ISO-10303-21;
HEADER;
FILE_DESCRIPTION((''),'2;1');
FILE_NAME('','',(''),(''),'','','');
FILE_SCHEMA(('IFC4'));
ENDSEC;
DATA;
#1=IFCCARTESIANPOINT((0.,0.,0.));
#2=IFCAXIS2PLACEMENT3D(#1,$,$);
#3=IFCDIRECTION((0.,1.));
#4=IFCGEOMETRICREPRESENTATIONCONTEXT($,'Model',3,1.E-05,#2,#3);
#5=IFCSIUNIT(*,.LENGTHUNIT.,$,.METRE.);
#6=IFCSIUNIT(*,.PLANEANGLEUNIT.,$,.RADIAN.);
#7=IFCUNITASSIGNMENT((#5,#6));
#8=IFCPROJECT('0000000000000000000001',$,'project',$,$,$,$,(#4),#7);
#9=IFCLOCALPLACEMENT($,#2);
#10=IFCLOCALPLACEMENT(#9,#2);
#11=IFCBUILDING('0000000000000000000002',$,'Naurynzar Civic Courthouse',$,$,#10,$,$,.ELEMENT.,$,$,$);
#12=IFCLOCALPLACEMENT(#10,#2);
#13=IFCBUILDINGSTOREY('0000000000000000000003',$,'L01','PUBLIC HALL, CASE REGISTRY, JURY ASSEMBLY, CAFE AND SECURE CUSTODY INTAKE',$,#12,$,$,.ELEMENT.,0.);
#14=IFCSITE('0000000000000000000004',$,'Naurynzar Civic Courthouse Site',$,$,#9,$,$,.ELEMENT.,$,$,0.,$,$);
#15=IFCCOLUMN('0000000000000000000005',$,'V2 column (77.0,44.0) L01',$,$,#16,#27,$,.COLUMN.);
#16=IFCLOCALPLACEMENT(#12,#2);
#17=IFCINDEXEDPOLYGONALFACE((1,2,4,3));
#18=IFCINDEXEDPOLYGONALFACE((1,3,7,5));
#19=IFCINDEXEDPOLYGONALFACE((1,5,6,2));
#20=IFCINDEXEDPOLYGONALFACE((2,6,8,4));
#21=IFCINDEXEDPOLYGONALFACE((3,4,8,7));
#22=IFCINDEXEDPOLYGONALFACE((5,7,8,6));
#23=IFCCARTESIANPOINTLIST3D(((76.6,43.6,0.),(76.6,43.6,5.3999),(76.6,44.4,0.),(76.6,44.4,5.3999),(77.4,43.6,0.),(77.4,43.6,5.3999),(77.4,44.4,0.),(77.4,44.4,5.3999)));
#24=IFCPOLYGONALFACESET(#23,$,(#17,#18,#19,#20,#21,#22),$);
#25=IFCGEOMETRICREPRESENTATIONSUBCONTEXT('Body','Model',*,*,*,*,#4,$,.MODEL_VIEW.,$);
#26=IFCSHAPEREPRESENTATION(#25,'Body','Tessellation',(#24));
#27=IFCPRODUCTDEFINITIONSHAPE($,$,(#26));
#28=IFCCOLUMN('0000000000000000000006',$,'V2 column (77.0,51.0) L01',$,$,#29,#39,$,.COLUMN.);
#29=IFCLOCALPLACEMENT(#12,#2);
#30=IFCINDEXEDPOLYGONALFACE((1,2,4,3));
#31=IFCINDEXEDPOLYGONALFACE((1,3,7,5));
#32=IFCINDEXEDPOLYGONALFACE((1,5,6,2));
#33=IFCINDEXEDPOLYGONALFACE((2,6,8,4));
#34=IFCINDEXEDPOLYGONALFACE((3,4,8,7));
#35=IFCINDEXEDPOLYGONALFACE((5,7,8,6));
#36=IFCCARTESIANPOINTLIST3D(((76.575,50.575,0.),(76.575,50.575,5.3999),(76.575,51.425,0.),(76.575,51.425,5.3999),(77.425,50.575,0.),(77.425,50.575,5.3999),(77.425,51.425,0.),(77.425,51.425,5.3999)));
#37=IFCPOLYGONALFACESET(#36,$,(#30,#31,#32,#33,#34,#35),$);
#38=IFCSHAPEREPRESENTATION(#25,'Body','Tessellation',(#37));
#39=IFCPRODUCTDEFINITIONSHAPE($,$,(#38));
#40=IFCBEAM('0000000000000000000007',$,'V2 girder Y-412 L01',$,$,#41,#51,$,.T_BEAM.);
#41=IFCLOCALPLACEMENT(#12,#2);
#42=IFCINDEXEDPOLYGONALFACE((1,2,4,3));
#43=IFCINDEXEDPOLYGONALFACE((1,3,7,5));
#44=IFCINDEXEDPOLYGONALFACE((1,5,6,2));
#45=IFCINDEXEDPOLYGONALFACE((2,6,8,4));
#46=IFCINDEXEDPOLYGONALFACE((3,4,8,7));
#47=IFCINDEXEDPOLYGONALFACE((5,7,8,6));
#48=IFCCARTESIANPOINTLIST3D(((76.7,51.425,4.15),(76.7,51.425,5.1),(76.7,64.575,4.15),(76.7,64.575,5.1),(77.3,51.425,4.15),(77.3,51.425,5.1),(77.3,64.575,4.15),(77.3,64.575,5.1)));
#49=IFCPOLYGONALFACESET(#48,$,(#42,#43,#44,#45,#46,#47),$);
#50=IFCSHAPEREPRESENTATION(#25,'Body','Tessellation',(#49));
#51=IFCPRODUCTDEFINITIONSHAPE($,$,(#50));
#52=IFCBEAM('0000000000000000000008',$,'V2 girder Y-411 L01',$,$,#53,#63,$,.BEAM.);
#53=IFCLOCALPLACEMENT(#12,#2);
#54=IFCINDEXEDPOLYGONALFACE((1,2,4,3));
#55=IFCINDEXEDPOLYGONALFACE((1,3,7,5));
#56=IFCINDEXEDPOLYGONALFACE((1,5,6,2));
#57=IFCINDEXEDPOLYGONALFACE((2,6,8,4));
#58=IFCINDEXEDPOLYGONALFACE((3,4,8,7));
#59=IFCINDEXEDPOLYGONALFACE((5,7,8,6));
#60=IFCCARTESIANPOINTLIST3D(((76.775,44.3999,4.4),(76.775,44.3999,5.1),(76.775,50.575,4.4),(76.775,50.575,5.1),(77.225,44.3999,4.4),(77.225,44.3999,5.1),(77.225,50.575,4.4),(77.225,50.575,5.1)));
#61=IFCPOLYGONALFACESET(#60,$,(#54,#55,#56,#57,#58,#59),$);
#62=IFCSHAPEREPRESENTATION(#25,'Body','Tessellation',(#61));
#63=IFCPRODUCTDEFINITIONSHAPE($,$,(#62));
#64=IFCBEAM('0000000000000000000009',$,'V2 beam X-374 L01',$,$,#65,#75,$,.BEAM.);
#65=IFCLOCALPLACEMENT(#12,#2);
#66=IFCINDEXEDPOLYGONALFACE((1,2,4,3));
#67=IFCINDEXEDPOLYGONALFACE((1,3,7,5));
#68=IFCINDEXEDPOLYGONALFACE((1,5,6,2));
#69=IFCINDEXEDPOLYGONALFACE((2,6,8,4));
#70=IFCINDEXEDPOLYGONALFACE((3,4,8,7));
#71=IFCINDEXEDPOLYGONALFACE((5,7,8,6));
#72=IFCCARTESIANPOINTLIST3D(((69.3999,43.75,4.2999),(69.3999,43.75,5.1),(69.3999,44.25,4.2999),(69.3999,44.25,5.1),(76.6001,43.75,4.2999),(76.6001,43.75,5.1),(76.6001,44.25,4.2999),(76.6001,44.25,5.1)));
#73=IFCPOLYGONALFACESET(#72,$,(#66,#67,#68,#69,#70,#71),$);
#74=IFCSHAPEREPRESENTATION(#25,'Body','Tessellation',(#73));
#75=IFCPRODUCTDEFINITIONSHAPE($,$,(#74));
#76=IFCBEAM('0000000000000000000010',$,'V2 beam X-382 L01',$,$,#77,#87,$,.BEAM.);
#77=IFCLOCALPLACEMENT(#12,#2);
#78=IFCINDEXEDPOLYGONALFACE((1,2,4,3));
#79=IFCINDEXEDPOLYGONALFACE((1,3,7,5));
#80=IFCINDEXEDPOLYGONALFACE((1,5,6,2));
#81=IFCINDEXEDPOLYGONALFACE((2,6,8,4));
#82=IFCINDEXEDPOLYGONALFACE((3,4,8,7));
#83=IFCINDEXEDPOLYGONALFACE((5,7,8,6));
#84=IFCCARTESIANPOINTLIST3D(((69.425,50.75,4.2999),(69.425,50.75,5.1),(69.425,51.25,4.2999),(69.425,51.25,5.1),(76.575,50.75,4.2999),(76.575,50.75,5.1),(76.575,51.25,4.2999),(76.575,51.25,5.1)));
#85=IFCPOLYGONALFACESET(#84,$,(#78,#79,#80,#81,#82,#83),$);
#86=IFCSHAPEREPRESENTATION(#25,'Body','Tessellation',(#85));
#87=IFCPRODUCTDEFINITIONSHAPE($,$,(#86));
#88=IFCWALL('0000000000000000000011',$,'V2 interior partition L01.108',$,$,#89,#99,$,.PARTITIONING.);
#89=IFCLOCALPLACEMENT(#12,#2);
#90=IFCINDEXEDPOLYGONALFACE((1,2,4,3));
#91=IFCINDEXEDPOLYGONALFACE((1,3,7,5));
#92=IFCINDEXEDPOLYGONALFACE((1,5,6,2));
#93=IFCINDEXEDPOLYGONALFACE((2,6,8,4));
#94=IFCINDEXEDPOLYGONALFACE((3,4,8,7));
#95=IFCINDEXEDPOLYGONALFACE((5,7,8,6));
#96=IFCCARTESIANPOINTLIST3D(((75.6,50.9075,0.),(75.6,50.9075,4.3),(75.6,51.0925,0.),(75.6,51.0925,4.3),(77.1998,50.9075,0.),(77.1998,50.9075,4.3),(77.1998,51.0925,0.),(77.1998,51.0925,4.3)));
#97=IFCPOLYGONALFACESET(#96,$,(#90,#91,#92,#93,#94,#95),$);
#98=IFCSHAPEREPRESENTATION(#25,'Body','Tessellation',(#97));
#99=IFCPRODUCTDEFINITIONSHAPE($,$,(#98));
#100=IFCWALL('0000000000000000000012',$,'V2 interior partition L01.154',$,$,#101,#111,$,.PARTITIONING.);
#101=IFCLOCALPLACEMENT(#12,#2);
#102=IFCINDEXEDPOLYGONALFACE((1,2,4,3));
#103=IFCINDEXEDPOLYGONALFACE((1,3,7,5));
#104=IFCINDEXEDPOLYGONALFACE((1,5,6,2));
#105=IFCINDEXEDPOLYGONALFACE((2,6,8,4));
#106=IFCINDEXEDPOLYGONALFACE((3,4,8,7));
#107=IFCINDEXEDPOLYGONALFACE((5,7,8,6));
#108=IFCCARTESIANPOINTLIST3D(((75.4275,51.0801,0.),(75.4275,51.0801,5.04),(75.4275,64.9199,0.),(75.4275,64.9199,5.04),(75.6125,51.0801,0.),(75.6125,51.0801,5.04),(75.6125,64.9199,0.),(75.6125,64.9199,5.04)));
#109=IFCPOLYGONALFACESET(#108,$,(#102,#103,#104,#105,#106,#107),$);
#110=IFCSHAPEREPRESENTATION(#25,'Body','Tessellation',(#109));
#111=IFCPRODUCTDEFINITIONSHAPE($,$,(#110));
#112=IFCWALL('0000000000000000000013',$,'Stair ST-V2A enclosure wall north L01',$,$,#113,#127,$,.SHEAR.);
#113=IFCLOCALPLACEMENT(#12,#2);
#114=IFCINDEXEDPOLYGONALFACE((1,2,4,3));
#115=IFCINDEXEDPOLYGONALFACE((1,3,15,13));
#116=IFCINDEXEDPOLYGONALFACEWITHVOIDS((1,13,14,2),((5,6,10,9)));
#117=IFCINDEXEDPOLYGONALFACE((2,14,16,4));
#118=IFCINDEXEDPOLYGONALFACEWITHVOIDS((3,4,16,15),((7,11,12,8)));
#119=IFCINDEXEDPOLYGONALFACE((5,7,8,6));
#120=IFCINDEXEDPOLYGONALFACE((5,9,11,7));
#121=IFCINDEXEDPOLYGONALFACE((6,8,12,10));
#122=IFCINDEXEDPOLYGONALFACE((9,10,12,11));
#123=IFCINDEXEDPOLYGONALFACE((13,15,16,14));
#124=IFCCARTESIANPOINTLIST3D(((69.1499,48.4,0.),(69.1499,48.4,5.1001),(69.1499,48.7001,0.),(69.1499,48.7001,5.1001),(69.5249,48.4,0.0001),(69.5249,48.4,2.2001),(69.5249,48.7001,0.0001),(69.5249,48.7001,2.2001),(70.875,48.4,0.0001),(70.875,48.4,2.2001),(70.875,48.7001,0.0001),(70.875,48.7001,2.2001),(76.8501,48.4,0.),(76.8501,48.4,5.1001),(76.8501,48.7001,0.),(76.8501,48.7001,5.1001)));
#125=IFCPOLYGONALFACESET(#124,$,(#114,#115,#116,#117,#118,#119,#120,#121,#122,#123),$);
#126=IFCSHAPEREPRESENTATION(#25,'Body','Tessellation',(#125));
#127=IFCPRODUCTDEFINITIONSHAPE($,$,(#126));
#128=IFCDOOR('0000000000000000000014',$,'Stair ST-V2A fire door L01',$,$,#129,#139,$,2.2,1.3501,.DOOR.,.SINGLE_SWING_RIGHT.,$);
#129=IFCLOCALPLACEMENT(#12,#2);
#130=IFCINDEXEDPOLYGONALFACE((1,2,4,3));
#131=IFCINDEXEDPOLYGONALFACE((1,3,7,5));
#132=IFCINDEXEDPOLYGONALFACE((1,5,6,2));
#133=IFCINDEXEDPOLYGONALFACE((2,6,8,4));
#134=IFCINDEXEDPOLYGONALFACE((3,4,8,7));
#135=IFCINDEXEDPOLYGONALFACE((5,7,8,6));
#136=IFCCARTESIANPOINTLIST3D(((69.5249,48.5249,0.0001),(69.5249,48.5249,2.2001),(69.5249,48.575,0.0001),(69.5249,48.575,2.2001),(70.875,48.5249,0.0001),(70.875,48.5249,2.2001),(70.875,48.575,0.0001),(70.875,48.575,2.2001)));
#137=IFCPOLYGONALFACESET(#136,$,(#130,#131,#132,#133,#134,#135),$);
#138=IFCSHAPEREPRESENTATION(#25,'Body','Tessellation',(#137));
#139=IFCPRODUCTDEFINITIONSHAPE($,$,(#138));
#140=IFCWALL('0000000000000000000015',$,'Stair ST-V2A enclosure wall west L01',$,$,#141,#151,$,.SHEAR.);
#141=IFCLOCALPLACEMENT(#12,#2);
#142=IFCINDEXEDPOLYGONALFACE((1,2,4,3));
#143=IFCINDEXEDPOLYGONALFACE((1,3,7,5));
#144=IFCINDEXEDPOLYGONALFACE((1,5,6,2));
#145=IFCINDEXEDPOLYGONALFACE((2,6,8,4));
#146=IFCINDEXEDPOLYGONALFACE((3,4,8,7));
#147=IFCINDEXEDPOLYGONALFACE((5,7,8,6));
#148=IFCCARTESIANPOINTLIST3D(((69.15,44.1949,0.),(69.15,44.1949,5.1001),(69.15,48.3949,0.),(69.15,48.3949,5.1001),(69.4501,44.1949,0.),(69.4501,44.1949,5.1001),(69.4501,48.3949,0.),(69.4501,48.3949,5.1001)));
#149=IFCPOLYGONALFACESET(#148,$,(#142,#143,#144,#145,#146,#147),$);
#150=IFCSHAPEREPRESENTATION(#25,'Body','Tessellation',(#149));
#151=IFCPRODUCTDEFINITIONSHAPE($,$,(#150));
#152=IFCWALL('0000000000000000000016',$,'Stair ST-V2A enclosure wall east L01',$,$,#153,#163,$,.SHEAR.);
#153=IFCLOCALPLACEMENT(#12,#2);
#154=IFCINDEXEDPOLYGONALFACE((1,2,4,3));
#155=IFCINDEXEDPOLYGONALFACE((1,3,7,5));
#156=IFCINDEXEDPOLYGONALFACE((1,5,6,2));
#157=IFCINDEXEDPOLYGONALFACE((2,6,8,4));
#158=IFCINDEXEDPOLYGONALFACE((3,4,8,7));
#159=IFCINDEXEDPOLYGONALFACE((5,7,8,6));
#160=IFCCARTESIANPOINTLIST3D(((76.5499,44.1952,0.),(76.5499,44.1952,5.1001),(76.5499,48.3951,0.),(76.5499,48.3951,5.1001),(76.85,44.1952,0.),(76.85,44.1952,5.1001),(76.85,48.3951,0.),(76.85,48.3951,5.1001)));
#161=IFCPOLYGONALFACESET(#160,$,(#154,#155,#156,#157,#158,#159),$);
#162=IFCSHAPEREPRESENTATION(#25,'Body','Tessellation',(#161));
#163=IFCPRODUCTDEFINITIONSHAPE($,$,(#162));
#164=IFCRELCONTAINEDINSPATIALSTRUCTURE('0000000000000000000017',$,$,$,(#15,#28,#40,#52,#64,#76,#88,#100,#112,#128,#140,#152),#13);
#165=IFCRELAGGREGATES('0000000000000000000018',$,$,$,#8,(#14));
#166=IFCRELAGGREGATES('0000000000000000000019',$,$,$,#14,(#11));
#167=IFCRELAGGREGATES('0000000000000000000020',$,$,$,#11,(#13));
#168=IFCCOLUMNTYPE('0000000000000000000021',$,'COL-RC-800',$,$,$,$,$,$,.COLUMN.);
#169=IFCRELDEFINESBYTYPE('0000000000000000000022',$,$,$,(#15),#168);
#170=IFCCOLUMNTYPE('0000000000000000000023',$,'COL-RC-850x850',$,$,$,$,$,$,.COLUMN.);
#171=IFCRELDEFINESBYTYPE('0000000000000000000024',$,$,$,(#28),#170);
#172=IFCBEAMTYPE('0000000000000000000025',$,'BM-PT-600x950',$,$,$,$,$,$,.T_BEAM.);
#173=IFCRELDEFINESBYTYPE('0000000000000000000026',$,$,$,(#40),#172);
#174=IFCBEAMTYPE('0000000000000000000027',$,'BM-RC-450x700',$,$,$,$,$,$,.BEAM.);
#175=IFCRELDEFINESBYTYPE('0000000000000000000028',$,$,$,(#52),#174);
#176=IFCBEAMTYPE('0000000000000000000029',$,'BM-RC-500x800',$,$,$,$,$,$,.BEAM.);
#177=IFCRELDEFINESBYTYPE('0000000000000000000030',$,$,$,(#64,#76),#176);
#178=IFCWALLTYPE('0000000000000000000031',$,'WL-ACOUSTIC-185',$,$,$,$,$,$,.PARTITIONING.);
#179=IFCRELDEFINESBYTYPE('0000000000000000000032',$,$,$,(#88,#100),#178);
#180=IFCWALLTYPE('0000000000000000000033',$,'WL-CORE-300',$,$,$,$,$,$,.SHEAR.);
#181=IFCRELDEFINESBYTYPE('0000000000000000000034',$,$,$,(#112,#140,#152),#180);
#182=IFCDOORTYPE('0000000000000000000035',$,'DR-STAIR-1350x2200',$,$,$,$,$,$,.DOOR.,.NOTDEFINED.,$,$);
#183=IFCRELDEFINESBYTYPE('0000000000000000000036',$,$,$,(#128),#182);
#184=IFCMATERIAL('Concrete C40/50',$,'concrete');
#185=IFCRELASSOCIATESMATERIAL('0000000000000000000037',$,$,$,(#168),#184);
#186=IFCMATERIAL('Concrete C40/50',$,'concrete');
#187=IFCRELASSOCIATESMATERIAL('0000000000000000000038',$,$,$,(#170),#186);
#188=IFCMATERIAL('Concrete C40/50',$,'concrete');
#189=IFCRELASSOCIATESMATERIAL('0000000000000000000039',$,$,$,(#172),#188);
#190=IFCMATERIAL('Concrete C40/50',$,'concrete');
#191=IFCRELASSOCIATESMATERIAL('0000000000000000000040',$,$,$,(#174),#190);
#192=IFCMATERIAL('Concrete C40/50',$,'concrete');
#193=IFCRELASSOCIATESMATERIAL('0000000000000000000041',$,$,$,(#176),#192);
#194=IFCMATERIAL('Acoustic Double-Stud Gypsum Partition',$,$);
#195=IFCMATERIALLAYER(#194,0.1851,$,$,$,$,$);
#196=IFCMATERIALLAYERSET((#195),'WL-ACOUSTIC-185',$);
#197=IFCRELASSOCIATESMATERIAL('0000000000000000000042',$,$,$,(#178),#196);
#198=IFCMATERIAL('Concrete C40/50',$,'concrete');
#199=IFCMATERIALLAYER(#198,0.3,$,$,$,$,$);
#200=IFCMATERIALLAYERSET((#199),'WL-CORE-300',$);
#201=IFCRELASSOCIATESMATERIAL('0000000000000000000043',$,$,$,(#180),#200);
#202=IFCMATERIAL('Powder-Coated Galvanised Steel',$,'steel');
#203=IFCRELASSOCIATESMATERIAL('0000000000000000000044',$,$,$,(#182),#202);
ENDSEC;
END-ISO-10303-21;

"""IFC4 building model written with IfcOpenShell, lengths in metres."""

from ifc_helpers import new_model, si_unit, direction, frame, frame_2d, origin, origin_2d, place, context, subcontext, project, spatial, rectangle, extrude, material, layer, layer_set, material_profile, profile_set, type_object, element, fill, save


model = new_model("IFC4")

# Units and contexts
model_context = context("Model", 3, precision=1e-05, world=origin(), true_north=direction((0.0, 1.0)))
body_context = subcontext(model_context, "Body", "Model", "MODEL_VIEW")
ifc_project = project(units=[si_unit("LENGTHUNIT", "METRE"), si_unit("PLANEANGLEUNIT", "RADIAN")], contexts=[model_context])

# Site, building, storey
site_placement = place(None, origin())
site = spatial("IfcSite", under=ifc_project, at=site_placement, Name="Naurynzar Civic Courthouse Site", CompositionType="ELEMENT", RefElevation=0.0)
building_placement = place(site_placement, origin())
building = spatial("IfcBuilding", under=site, at=building_placement, Name="Naurynzar Civic Courthouse", CompositionType="ELEMENT")
storey_placement = place(building_placement, origin())
storey = spatial("IfcBuildingStorey", under=building, at=storey_placement, Name="L01", Description="PUBLIC HALL, CASE REGISTRY, JURY ASSEMBLY, CAFE AND SECURE CUSTODY INTAKE", CompositionType="ELEMENT", Elevation=0.0)

# Columns
ifc_material_1 = material(Name="Concrete C40/50", Category="concrete")
ifc_material_profile_1 = material_profile(ifc_material_1, rectangle(XDim=0.8, YDim=0.8, at=origin_2d()), Name="RC 800x800")
ifc_profile_set_1 = profile_set([ifc_material_profile_1], Name="Concrete C40/50")
column_type_1 = type_object("IfcColumnType", Name="COL-RC-800", PredefinedType="COLUMN", material=ifc_profile_set_1)
column_1_placement = place(storey_placement, frame((77.0, 44.0, 0.0), z_axis=(0.0, 0.0, 1.0), x_axis=(1.0, 0.0, 0.0)))
element("IfcColumn", 1, at=column_1_placement, inside=storey, type_object=column_type_1, Name="V2 column (77.0,44.0) L01", PredefinedType="COLUMN", context=body_context, shape_type="SweptSolid", body=[
    extrude(rectangle(XDim=0.8, YDim=0.8, at=origin_2d()), origin(), (0.0, 0.0, 1.0), 5.3999),
])
ifc_material_2 = material(Name="Concrete C40/50", Category="concrete")
ifc_material_profile_2 = material_profile(ifc_material_2, rectangle(XDim=0.8501, YDim=0.8501, at=origin_2d()), Name="RC 850x850")
ifc_profile_set_2 = profile_set([ifc_material_profile_2], Name="Concrete C40/50")
column_type_2 = type_object("IfcColumnType", Name="COL-RC-850x850", PredefinedType="COLUMN", material=ifc_profile_set_2)
column_2_placement = place(storey_placement, frame((77.0, 51.0, 0.0), z_axis=(0.0, 0.0, 1.0), x_axis=(1.0, 0.0, 0.0)))
element("IfcColumn", 2, at=column_2_placement, inside=storey, type_object=column_type_2, Name="V2 column (77.0,51.0) L01", PredefinedType="COLUMN", context=body_context, shape_type="SweptSolid", body=[
    extrude(rectangle(XDim=0.8501, YDim=0.8501, at=origin_2d()), origin(), (0.0, 0.0, 1.0), 5.3999),
])

# Beams
ifc_material_3 = material(Name="Concrete C40/50", Category="concrete")
ifc_material_profile_3 = material_profile(ifc_material_3, rectangle(XDim=0.6001, YDim=0.95, at=origin_2d()), Name="PTB 600x950")
ifc_profile_set_3 = profile_set([ifc_material_profile_3], Name="Concrete C40/50")
beam_type_1 = type_object("IfcBeamType", Name="BM-PT-600x950", PredefinedType="T_BEAM", material=ifc_profile_set_3)
beam_1_placement = place(storey_placement, frame((77.0, 51.425, 4.625), z_axis=(0.0, 1.0, 0.0), x_axis=(-1.0, 0.0, 0.0)))
element("IfcBeam", 3, at=beam_1_placement, inside=storey, type_object=beam_type_1, Name="V2 girder Y-412 L01", PredefinedType="T_BEAM", context=body_context, shape_type="SweptSolid", body=[
    extrude(rectangle(XDim=0.6001, YDim=0.95, at=origin_2d()), origin(), (0.0, 0.0, 1.0), 13.1499),
])
ifc_material_4 = material(Name="Concrete C40/50", Category="concrete")
ifc_material_profile_4 = material_profile(ifc_material_4, rectangle(XDim=0.45, YDim=0.7, at=origin_2d()), Name="RCB 450x700")
ifc_profile_set_4 = profile_set([ifc_material_profile_4], Name="Concrete C40/50")
beam_type_2 = type_object("IfcBeamType", Name="BM-RC-450x700", PredefinedType="BEAM", material=ifc_profile_set_4)
beam_2_placement = place(storey_placement, frame((77.0, 44.3999, 4.75), z_axis=(0.0, 1.0, 0.0), x_axis=(-1.0, 0.0, 0.0)))
element("IfcBeam", 4, at=beam_2_placement, inside=storey, type_object=beam_type_2, Name="V2 girder Y-411 L01", PredefinedType="BEAM", context=body_context, shape_type="SweptSolid", body=[
    extrude(rectangle(XDim=0.45, YDim=0.7, at=origin_2d()), origin(), (0.0, 0.0, 1.0), 6.175),
])
ifc_material_5 = material(Name="Concrete C40/50", Category="concrete")
ifc_material_profile_5 = material_profile(ifc_material_5, rectangle(XDim=0.5, YDim=0.8, at=origin_2d()), Name="RCB 500x800")
ifc_profile_set_5 = profile_set([ifc_material_profile_5], Name="Concrete C40/50")
beam_type_3 = type_object("IfcBeamType", Name="BM-RC-500x800", PredefinedType="BEAM", material=ifc_profile_set_5)
beam_3_placement = place(storey_placement, frame((69.3999, 44.0, 4.7), z_axis=(1.0, 0.0, 0.0), x_axis=(0.0, 1.0, 0.0)))
element("IfcBeam", 5, at=beam_3_placement, inside=storey, type_object=beam_type_3, Name="V2 beam X-374 L01", PredefinedType="BEAM", context=body_context, shape_type="SweptSolid", body=[
    extrude(rectangle(XDim=0.5, YDim=0.8, at=origin_2d()), origin(), (0.0, 0.0, 1.0), 7.2002),
])
beam_4_placement = place(storey_placement, frame((69.425, 51.0, 4.7), z_axis=(1.0, 0.0, 0.0), x_axis=(0.0, 1.0, 0.0)))
element("IfcBeam", 6, at=beam_4_placement, inside=storey, type_object=beam_type_3, Name="V2 beam X-382 L01", PredefinedType="BEAM", context=body_context, shape_type="SweptSolid", body=[
    extrude(rectangle(XDim=0.5, YDim=0.8, at=origin_2d()), origin(), (0.0, 0.0, 1.0), 7.1499),
])

# Walls
ifc_material_6 = material(Name="Acoustic Double-Stud Gypsum Partition")
ifc_layer_1 = layer(ifc_material_6, 0.1851)
ifc_layer_set_1 = layer_set([ifc_layer_1], Name="WL-ACOUSTIC-185")
wall_type_1 = type_object("IfcWallType", Name="WL-ACOUSTIC-185", PredefinedType="PARTITIONING", material=ifc_layer_set_1)
wall_1_placement = place(storey_placement, frame((75.6001, 51.0, 0.0), z_axis=(0.0, 0.0, 1.0), x_axis=(1.0, 0.0, 0.0)))
element("IfcWall", 7, at=wall_1_placement, inside=storey, type_object=wall_type_1, Name="V2 interior partition L01.108", PredefinedType="PARTITIONING", context=body_context, shape_type="SweptSolid", body=[
    extrude(rectangle(XDim=1.5999, YDim=0.1851, at=frame_2d((0.7998, 0.0))), origin(), (0.0, 0.0, 1.0), 4.3),
])
wall_2_placement = place(storey_placement, frame((75.52, 51.0801, 0.0), z_axis=(0.0, 0.0, 1.0), x_axis=(0.0, 1.0, 0.0)))
element("IfcWall", 8, at=wall_2_placement, inside=storey, type_object=wall_type_1, Name="V2 interior partition L01.154", PredefinedType="PARTITIONING", context=body_context, shape_type="SweptSolid", body=[
    extrude(rectangle(XDim=13.8398, YDim=0.1851, at=frame_2d((6.9199, 0.0))), origin(), (0.0, 0.0, 1.0), 5.04),
])

# Wall, opening, door
ifc_material_7 = material(Name="Concrete C40/50", Category="concrete")
ifc_layer_2 = layer(ifc_material_7, 0.3)
ifc_layer_set_2 = layer_set([ifc_layer_2], Name="WL-CORE-300")
wall_type_2 = type_object("IfcWallType", Name="WL-CORE-300", PredefinedType="SHEAR", material=ifc_layer_set_2)
wall_3_placement = place(storey_placement, frame((69.1499, 48.55, 0.0), z_axis=(0.0, 0.0, 1.0), x_axis=(1.0, 0.0, 0.0)))
wall_3 = element("IfcWall", 9, at=wall_3_placement, inside=storey, type_object=wall_type_2, Name="Stair ST-V2A enclosure wall north L01", PredefinedType="SHEAR", context=body_context, shape_type="SweptSolid", body=[
    extrude(rectangle(XDim=7.7002, YDim=0.3, at=frame_2d((3.8501, 0.0))), origin(), (0.0, 0.0, 1.0), 5.1001),
])
opening_1_placement = place(wall_3_placement, frame((0.375, 0.0, 0.0)))
opening_1 = element("IfcOpeningElement", 10, at=opening_1_placement, cuts=wall_3, PredefinedType="OPENING", context=body_context, shape_type="SweptSolid", body=[
    extrude(rectangle(XDim=1.3501, YDim=2.2, at=frame_2d((0.675, 1.1001))), frame((0.0, 0.1599, 0.0), z_axis=(0.0, -1.0, 0.0), x_axis=(1.0, 0.0, 0.0)), (0.0, 0.0, 1.0), 0.3201),
])
ifc_material_8 = material(Name="Powder-Coated Galvanised Steel", Category="steel")
door_type = type_object("IfcDoorType", Name="DR-STAIR-1350x2200", OperationType="NOTDEFINED", PredefinedType="DOOR", material=ifc_material_8)
door_placement = place(opening_1_placement, origin())
door = element("IfcDoor", 11, at=door_placement, inside=storey, type_object=door_type, Name="Stair ST-V2A fire door L01", OperationType="SINGLE_SWING_RIGHT", OverallHeight=2.2, OverallWidth=1.3501, PredefinedType="DOOR", context=body_context, shape_type="SweptSolid", body=[
    extrude(rectangle(XDim=1.3501, YDim=2.2, at=frame_2d((0.675, 1.1001))), frame((0.0, 0.0249, 0.0), z_axis=(0.0, -1.0, 0.0), x_axis=(1.0, 0.0, 0.0)), (0.0, 0.0, 1.0), 0.05),
])
fill(opening_1, door)

# Walls
for number, where, z_axis, x_axis, name in (
    (12, (69.3, 48.395, 0.0), (0.0, 0.0, 1.0), (0.0, -1.0, 0.0), "Stair ST-V2A enclosure wall west L01"),
    (13, (76.7, 44.1951, 0.0), (0.0, 0.0, 1.0), (0.0, 1.0, 0.0), "Stair ST-V2A enclosure wall east L01"),
):
    element("IfcWall", number, at=place(storey_placement, frame(where, z_axis=z_axis, x_axis=x_axis)), inside=storey, type_object=wall_type_2, Name=name, PredefinedType="SHEAR", context=body_context, shape_type="SweptSolid", body=[
        extrude(rectangle(XDim=4.2, YDim=0.3, at=frame_2d((2.1001, 0.0))), origin(), (0.0, 0.0, 1.0), 5.1001),
    ])

save(model, "model.ifc")
